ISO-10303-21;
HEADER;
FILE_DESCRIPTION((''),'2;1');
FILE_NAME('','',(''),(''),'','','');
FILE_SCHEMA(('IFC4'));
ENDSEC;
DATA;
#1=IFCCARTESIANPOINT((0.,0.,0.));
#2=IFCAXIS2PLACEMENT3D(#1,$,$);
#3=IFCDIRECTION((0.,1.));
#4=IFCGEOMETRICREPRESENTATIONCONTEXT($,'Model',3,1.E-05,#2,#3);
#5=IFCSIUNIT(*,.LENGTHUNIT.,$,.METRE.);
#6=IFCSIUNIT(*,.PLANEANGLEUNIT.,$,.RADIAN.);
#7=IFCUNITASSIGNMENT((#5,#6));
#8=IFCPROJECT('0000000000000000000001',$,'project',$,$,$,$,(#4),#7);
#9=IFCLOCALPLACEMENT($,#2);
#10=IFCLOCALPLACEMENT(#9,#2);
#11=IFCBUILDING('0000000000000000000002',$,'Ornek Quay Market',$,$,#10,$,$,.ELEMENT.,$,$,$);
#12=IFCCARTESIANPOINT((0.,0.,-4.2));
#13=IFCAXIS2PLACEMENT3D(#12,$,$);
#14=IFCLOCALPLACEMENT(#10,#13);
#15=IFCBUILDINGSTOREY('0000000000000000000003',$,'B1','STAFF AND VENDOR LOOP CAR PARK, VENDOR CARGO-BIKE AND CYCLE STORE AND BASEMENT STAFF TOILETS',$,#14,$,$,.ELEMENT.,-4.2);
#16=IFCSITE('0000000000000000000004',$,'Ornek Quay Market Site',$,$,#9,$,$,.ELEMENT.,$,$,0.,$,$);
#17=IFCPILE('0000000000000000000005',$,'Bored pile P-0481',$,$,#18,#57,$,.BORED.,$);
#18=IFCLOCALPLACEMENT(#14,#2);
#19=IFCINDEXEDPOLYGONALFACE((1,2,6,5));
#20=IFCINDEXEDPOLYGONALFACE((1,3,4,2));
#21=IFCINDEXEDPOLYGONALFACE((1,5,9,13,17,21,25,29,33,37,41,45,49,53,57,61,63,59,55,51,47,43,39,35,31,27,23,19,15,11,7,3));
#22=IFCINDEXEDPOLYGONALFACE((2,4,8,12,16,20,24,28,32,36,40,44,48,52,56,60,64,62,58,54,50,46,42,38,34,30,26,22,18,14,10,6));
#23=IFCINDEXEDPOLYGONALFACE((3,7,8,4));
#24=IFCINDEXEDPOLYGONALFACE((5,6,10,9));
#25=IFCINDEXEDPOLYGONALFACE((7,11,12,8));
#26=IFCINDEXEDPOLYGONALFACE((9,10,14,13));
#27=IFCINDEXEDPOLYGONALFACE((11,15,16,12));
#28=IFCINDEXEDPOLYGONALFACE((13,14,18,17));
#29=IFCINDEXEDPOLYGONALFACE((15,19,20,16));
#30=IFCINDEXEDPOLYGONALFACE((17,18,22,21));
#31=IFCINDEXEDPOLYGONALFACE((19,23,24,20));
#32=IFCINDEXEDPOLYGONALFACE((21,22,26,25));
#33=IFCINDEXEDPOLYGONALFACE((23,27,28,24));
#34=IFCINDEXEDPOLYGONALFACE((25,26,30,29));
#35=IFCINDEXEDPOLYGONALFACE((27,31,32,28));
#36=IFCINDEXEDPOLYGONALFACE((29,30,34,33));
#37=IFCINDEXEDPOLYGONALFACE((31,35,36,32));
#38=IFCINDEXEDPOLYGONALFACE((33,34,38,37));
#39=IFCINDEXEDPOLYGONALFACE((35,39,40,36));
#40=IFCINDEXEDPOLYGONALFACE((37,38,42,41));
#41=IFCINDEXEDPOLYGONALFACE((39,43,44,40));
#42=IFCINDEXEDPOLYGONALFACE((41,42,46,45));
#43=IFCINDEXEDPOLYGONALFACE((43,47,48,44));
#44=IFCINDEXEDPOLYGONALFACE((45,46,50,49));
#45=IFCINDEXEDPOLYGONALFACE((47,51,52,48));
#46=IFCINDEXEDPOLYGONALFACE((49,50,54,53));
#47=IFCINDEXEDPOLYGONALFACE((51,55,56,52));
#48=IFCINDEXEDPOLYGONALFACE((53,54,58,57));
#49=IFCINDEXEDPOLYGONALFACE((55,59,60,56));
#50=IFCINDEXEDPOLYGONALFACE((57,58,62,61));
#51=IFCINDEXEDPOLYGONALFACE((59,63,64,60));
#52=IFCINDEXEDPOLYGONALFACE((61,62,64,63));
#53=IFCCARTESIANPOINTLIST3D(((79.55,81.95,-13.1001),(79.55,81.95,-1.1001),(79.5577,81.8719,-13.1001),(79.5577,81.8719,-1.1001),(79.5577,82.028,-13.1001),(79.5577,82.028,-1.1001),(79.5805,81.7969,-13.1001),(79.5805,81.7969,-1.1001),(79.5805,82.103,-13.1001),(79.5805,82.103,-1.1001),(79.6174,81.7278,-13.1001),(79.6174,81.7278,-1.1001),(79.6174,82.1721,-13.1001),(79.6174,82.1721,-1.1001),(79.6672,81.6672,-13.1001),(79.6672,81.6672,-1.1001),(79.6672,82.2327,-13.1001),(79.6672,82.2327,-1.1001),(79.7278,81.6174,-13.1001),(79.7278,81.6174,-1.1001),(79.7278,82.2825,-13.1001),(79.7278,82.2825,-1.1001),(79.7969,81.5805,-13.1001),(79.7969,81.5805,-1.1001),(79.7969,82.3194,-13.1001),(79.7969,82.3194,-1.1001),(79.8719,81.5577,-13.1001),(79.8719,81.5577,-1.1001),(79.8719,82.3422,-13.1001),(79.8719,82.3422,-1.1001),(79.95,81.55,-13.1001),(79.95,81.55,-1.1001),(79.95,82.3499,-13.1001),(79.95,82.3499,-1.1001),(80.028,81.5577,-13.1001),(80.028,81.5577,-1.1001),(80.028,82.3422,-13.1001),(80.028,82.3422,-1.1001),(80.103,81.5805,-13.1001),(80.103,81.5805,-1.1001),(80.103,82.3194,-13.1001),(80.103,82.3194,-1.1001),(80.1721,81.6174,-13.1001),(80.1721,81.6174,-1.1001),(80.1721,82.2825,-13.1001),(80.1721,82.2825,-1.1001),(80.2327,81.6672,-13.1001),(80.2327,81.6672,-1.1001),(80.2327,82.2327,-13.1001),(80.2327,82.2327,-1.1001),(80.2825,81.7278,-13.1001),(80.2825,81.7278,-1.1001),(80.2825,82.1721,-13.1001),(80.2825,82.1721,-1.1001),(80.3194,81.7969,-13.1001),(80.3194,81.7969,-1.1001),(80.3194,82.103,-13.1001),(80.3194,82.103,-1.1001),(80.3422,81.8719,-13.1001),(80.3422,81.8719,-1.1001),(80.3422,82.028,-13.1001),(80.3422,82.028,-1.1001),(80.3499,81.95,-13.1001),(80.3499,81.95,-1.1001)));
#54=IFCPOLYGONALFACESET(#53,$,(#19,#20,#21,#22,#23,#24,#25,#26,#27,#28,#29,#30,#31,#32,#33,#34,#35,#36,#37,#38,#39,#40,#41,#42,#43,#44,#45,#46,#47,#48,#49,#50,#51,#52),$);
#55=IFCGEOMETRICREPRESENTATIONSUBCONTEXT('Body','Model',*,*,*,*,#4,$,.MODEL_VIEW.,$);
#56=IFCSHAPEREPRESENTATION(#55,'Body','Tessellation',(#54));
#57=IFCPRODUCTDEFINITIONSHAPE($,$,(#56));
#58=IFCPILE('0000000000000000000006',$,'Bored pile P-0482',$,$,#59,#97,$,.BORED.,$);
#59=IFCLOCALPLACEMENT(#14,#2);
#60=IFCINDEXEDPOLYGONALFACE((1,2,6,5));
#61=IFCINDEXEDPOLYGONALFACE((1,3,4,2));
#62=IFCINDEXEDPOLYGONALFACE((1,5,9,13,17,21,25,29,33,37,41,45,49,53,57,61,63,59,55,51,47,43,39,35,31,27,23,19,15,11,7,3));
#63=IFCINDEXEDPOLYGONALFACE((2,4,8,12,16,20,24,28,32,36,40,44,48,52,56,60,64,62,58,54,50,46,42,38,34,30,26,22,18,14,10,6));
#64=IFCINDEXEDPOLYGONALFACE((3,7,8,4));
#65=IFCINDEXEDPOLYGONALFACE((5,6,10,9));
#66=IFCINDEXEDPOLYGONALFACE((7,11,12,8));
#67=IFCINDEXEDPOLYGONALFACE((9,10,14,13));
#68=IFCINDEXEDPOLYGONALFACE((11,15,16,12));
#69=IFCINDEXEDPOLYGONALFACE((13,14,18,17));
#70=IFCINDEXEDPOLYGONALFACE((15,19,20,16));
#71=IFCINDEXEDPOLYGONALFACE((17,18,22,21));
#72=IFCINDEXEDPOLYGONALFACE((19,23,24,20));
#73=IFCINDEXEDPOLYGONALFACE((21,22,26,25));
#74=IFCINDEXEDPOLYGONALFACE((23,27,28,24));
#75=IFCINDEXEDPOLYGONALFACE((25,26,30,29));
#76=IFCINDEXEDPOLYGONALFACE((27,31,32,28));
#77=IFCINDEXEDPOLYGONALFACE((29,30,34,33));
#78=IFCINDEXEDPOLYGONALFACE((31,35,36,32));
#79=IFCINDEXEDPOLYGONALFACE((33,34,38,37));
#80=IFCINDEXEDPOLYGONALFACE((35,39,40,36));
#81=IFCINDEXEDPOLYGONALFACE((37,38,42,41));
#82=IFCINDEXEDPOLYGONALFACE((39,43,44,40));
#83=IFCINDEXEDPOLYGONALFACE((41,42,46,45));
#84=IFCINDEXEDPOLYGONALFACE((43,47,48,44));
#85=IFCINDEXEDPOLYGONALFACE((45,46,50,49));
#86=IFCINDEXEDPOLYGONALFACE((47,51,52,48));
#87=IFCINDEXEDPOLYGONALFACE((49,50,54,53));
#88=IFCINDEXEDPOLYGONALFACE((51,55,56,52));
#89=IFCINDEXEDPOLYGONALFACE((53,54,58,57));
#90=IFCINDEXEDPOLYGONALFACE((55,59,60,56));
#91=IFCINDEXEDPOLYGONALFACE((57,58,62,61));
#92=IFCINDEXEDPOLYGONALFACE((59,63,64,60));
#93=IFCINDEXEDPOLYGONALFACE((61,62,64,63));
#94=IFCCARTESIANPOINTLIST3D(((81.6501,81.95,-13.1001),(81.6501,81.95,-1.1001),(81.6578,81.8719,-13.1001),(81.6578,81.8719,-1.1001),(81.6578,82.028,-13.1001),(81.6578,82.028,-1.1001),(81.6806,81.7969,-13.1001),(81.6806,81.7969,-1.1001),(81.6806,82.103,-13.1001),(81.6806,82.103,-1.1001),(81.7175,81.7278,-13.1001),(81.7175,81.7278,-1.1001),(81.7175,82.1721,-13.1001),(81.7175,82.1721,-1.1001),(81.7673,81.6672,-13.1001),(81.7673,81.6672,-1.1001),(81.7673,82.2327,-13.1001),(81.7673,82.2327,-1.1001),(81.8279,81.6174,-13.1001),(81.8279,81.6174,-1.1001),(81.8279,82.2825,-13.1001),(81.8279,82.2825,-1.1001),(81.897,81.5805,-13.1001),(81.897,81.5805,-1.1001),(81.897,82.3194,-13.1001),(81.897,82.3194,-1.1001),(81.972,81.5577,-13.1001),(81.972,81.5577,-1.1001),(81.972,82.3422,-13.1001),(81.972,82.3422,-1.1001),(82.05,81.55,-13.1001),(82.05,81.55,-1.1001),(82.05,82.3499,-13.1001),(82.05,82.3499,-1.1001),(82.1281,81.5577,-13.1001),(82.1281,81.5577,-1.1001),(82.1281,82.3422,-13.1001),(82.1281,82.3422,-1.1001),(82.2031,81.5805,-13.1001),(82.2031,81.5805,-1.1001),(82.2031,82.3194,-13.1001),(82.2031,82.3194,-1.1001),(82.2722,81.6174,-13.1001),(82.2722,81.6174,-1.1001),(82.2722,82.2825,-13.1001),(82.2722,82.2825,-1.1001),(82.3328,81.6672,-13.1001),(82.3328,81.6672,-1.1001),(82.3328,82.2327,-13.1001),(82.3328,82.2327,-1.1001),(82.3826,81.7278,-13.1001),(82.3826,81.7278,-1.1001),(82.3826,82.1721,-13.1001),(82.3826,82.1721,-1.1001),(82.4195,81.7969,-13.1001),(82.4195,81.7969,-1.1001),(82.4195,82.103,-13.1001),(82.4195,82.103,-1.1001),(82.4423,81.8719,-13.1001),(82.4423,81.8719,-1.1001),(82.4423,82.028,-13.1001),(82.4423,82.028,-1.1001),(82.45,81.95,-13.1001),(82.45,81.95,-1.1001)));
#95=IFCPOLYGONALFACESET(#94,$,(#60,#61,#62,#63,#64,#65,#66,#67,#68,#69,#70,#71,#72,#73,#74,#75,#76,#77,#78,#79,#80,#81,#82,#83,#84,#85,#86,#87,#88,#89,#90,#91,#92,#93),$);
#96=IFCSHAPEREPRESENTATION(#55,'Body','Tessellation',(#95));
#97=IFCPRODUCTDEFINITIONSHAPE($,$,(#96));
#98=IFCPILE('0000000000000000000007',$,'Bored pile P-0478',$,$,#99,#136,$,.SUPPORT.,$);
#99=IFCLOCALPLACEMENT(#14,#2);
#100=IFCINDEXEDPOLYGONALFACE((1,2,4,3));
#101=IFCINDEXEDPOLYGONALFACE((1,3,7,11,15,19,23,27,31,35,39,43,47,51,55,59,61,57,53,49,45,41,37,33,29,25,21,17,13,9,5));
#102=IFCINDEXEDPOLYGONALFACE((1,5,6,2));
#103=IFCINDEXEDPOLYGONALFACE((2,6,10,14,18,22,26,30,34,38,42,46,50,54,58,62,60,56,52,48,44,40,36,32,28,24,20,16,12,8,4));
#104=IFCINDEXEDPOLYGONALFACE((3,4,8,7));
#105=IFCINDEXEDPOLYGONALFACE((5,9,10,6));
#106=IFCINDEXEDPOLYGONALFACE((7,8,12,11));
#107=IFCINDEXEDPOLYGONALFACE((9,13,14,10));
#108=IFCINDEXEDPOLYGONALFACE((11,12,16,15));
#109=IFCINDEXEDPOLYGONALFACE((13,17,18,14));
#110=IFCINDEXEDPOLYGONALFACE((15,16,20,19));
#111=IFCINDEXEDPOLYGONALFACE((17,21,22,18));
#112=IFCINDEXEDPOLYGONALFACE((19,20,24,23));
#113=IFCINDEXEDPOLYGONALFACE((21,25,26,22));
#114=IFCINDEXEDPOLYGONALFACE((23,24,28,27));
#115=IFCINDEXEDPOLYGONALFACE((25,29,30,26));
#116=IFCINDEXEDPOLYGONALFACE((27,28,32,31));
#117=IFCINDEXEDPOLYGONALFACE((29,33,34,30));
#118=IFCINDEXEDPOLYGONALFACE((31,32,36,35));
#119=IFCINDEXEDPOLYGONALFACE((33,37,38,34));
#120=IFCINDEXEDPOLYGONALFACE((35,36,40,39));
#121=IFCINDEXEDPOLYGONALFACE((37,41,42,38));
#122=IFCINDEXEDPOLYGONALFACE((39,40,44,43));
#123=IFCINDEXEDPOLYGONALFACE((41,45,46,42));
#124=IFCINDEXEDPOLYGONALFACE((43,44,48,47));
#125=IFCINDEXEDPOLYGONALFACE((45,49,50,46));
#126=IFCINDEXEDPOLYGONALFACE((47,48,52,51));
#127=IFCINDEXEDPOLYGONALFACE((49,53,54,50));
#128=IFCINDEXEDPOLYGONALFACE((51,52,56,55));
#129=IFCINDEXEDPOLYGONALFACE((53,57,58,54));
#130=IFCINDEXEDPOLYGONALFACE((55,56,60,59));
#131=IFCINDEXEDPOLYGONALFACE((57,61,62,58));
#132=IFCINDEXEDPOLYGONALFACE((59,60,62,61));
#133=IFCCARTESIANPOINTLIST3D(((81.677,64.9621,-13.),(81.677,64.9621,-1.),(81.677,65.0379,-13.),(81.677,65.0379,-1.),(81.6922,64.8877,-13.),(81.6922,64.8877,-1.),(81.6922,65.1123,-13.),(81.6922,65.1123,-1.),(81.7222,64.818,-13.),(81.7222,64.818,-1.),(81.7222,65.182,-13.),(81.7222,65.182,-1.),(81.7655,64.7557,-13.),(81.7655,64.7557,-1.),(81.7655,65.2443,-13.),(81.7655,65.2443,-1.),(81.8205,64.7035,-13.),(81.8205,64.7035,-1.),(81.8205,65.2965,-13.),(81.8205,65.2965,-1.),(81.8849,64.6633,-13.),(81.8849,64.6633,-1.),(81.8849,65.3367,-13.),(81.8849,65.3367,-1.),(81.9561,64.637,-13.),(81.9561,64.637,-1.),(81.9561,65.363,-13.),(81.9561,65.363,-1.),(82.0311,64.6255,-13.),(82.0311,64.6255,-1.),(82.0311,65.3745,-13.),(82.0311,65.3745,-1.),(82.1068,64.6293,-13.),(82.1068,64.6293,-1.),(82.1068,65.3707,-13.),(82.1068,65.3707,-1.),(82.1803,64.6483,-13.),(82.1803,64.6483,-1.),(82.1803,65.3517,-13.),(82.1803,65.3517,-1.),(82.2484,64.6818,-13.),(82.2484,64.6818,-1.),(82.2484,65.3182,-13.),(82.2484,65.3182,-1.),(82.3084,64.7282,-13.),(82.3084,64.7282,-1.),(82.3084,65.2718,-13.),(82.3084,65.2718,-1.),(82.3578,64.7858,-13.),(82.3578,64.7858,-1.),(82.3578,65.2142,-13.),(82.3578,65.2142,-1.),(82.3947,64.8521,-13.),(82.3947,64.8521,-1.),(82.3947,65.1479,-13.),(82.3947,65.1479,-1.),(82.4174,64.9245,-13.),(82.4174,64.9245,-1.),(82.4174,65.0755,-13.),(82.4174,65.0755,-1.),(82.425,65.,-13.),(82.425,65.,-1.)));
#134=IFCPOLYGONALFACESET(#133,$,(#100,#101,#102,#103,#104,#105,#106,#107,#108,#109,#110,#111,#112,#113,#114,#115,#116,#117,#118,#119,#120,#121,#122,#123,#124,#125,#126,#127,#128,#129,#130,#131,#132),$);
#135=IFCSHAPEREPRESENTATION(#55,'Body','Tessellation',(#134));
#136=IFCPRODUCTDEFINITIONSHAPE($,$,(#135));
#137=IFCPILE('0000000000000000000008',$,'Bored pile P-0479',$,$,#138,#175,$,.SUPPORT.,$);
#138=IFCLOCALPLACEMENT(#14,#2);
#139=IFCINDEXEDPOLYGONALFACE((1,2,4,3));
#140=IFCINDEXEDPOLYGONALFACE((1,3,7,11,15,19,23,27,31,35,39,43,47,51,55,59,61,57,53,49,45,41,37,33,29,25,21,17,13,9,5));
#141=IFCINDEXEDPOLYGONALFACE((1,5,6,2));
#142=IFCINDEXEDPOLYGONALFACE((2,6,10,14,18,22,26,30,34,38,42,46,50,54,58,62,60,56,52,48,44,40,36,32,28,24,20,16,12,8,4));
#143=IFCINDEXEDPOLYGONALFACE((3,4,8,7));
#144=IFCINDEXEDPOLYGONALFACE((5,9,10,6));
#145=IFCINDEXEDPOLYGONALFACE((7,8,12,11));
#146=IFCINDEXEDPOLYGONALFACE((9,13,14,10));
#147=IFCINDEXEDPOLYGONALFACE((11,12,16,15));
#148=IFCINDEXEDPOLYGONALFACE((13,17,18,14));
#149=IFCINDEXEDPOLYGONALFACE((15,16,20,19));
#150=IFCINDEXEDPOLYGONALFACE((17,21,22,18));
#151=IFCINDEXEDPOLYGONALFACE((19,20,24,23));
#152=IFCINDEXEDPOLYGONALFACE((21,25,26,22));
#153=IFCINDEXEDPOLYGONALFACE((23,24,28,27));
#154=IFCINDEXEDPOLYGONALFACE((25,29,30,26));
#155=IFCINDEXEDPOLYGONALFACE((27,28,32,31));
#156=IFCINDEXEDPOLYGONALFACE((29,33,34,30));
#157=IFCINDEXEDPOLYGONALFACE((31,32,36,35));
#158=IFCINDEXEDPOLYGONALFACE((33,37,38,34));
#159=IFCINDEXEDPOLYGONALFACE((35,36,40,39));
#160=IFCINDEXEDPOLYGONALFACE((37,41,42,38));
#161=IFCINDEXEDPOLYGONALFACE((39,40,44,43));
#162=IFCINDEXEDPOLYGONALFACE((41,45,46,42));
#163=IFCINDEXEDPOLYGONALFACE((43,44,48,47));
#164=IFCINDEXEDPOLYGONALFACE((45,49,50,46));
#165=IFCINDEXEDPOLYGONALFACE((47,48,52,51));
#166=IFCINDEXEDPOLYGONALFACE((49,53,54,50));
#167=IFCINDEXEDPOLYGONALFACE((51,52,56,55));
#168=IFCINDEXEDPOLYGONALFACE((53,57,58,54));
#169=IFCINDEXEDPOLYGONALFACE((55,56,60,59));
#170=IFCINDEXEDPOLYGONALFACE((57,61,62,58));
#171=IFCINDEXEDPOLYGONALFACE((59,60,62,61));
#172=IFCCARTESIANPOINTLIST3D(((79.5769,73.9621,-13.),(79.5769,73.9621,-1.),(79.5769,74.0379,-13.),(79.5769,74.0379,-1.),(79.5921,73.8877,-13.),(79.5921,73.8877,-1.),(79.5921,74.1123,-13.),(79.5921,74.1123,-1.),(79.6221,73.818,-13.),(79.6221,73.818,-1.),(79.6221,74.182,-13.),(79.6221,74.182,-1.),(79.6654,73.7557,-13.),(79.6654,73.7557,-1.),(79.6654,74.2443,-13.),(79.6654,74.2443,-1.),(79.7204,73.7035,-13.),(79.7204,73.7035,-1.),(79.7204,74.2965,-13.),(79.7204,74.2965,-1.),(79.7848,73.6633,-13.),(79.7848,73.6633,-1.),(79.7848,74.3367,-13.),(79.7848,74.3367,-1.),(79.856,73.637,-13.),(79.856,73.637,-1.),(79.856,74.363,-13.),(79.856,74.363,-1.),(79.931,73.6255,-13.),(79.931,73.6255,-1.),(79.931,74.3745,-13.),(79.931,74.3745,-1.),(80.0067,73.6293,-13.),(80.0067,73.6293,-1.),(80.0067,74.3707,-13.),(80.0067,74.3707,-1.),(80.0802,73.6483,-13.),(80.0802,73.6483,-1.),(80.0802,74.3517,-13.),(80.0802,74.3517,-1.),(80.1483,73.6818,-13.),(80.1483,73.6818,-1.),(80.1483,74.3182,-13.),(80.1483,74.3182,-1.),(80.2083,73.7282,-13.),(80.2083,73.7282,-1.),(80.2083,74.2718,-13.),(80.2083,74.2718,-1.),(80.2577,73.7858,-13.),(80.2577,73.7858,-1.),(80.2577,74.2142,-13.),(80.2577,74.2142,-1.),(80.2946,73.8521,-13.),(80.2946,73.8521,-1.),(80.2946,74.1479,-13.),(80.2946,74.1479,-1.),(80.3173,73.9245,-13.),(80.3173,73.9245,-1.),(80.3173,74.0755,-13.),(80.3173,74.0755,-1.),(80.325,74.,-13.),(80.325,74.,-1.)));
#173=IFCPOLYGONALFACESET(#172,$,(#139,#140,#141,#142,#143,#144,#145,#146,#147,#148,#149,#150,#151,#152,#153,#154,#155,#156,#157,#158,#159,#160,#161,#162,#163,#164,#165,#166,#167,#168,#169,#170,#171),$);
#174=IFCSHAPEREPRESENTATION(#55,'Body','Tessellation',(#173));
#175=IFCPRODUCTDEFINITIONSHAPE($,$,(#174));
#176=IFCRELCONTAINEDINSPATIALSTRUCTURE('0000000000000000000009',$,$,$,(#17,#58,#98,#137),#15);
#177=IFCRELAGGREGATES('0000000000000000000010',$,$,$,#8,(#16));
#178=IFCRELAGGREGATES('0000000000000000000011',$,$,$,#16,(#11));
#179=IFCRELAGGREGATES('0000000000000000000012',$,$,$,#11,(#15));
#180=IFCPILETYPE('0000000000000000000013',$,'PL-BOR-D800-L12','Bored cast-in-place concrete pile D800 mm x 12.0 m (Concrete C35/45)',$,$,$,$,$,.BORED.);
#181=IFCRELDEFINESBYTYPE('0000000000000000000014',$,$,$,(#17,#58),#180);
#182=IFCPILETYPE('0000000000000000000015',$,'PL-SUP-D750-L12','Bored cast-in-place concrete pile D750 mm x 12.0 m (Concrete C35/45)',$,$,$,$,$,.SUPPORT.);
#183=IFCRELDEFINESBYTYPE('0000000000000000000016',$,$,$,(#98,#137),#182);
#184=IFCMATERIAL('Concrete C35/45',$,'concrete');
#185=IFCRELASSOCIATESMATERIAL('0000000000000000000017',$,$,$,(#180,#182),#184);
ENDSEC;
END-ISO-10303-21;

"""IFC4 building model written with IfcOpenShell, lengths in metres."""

from ifc_helpers import new_model, si_unit, direction, frame, origin, origin_2d, place, context, subcontext, project, spatial, circle, extrude, material, material_profile, profile_set, type_object, element, save


model = new_model("IFC4")

# Units and contexts
model_context = context("Model", 3, precision=1e-05, world=origin(), true_north=direction((0.0, 1.0)))
body_context = subcontext(model_context, "Body", "Model", "MODEL_VIEW")
ifc_project = project(units=[si_unit("LENGTHUNIT", "METRE"), si_unit("PLANEANGLEUNIT", "RADIAN")], contexts=[model_context])

# Site, building, storey
site_placement = place(None, origin())
site = spatial("IfcSite", under=ifc_project, at=site_placement, Name="Ornek Quay Market Site", CompositionType="ELEMENT", RefElevation=0.0)
building_placement = place(site_placement, origin())
building = spatial("IfcBuilding", under=site, at=building_placement, Name="Ornek Quay Market", CompositionType="ELEMENT")
storey_placement = place(building_placement, frame((0.0, 0.0, -4.2)))
storey = spatial("IfcBuildingStorey", under=building, at=storey_placement, Name="B1", Description="STAFF AND VENDOR LOOP CAR PARK, VENDOR CARGO-BIKE AND CYCLE STORE AND BASEMENT STAFF TOILETS", CompositionType="ELEMENT", Elevation=-4.2)

# Piles
ifc_material_1 = material(Name="Concrete C35/45", Category="concrete")
ifc_material_profile_1 = material_profile(ifc_material_1, circle(Radius=0.3999, at=origin_2d()), Name="PILE D800", Category="concrete")
ifc_profile_set_1 = profile_set([ifc_material_profile_1], Name="Concrete C35/45")
pile_type_1 = type_object("IfcPileType", Name="PL-BOR-D800-L12", Description="Bored cast-in-place concrete pile D800 mm x 12.0 m (Concrete C35/45)", PredefinedType="BORED", material=ifc_profile_set_1)
for number, where, z_axis, x_axis, name in (
    (1, (79.95, 81.95, -1.1001), (0.0, 0.0, -1.0), (1.0, 0.0, 0.0), "Bored pile P-0481"),
    (2, (82.05, 81.95, -1.1001), (0.0, 0.0, -1.0), (1.0, 0.0, 0.0), "Bored pile P-0482"),
):
    element("IfcPile", number, at=place(storey_placement, frame(where, z_axis=z_axis, x_axis=x_axis)), inside=storey, type_object=pile_type_1, Name=name, PredefinedType="BORED", context=body_context, shape_type="SweptSolid", body=[
        extrude(circle(Radius=0.3999, at=origin_2d()), origin(), (0.0, 0.0, 1.0), 12.0),
    ])
ifc_material_profile_2 = material_profile(ifc_material_1, circle(Radius=0.375, at=origin_2d()), Name="PILE D750", Category="concrete")
ifc_profile_set_2 = profile_set([ifc_material_profile_2], Name="Concrete C35/45")
pile_type_2 = type_object("IfcPileType", Name="PL-SUP-D750-L12", Description="Bored cast-in-place concrete pile D750 mm x 12.0 m (Concrete C35/45)", PredefinedType="SUPPORT", material=ifc_profile_set_2)
for number, where, z_axis, x_axis, name in (
    (3, (82.05, 65.0, -1.0), (0.0, 0.0, -1.0), (1.0, 0.0, 0.0), "Bored pile P-0478"),
    (4, (79.95, 74.0, -1.0), (0.0, 0.0, -1.0), (1.0, 0.0, 0.0), "Bored pile P-0479"),
):
    element("IfcPile", number, at=place(storey_placement, frame(where, z_axis=z_axis, x_axis=x_axis)), inside=storey, type_object=pile_type_2, Name=name, PredefinedType="SUPPORT", context=body_context, shape_type="SweptSolid", body=[
        extrude(circle(Radius=0.375, at=origin_2d()), origin(), (0.0, 0.0, 1.0), 12.0),
    ])

save(model, "model.ifc")
